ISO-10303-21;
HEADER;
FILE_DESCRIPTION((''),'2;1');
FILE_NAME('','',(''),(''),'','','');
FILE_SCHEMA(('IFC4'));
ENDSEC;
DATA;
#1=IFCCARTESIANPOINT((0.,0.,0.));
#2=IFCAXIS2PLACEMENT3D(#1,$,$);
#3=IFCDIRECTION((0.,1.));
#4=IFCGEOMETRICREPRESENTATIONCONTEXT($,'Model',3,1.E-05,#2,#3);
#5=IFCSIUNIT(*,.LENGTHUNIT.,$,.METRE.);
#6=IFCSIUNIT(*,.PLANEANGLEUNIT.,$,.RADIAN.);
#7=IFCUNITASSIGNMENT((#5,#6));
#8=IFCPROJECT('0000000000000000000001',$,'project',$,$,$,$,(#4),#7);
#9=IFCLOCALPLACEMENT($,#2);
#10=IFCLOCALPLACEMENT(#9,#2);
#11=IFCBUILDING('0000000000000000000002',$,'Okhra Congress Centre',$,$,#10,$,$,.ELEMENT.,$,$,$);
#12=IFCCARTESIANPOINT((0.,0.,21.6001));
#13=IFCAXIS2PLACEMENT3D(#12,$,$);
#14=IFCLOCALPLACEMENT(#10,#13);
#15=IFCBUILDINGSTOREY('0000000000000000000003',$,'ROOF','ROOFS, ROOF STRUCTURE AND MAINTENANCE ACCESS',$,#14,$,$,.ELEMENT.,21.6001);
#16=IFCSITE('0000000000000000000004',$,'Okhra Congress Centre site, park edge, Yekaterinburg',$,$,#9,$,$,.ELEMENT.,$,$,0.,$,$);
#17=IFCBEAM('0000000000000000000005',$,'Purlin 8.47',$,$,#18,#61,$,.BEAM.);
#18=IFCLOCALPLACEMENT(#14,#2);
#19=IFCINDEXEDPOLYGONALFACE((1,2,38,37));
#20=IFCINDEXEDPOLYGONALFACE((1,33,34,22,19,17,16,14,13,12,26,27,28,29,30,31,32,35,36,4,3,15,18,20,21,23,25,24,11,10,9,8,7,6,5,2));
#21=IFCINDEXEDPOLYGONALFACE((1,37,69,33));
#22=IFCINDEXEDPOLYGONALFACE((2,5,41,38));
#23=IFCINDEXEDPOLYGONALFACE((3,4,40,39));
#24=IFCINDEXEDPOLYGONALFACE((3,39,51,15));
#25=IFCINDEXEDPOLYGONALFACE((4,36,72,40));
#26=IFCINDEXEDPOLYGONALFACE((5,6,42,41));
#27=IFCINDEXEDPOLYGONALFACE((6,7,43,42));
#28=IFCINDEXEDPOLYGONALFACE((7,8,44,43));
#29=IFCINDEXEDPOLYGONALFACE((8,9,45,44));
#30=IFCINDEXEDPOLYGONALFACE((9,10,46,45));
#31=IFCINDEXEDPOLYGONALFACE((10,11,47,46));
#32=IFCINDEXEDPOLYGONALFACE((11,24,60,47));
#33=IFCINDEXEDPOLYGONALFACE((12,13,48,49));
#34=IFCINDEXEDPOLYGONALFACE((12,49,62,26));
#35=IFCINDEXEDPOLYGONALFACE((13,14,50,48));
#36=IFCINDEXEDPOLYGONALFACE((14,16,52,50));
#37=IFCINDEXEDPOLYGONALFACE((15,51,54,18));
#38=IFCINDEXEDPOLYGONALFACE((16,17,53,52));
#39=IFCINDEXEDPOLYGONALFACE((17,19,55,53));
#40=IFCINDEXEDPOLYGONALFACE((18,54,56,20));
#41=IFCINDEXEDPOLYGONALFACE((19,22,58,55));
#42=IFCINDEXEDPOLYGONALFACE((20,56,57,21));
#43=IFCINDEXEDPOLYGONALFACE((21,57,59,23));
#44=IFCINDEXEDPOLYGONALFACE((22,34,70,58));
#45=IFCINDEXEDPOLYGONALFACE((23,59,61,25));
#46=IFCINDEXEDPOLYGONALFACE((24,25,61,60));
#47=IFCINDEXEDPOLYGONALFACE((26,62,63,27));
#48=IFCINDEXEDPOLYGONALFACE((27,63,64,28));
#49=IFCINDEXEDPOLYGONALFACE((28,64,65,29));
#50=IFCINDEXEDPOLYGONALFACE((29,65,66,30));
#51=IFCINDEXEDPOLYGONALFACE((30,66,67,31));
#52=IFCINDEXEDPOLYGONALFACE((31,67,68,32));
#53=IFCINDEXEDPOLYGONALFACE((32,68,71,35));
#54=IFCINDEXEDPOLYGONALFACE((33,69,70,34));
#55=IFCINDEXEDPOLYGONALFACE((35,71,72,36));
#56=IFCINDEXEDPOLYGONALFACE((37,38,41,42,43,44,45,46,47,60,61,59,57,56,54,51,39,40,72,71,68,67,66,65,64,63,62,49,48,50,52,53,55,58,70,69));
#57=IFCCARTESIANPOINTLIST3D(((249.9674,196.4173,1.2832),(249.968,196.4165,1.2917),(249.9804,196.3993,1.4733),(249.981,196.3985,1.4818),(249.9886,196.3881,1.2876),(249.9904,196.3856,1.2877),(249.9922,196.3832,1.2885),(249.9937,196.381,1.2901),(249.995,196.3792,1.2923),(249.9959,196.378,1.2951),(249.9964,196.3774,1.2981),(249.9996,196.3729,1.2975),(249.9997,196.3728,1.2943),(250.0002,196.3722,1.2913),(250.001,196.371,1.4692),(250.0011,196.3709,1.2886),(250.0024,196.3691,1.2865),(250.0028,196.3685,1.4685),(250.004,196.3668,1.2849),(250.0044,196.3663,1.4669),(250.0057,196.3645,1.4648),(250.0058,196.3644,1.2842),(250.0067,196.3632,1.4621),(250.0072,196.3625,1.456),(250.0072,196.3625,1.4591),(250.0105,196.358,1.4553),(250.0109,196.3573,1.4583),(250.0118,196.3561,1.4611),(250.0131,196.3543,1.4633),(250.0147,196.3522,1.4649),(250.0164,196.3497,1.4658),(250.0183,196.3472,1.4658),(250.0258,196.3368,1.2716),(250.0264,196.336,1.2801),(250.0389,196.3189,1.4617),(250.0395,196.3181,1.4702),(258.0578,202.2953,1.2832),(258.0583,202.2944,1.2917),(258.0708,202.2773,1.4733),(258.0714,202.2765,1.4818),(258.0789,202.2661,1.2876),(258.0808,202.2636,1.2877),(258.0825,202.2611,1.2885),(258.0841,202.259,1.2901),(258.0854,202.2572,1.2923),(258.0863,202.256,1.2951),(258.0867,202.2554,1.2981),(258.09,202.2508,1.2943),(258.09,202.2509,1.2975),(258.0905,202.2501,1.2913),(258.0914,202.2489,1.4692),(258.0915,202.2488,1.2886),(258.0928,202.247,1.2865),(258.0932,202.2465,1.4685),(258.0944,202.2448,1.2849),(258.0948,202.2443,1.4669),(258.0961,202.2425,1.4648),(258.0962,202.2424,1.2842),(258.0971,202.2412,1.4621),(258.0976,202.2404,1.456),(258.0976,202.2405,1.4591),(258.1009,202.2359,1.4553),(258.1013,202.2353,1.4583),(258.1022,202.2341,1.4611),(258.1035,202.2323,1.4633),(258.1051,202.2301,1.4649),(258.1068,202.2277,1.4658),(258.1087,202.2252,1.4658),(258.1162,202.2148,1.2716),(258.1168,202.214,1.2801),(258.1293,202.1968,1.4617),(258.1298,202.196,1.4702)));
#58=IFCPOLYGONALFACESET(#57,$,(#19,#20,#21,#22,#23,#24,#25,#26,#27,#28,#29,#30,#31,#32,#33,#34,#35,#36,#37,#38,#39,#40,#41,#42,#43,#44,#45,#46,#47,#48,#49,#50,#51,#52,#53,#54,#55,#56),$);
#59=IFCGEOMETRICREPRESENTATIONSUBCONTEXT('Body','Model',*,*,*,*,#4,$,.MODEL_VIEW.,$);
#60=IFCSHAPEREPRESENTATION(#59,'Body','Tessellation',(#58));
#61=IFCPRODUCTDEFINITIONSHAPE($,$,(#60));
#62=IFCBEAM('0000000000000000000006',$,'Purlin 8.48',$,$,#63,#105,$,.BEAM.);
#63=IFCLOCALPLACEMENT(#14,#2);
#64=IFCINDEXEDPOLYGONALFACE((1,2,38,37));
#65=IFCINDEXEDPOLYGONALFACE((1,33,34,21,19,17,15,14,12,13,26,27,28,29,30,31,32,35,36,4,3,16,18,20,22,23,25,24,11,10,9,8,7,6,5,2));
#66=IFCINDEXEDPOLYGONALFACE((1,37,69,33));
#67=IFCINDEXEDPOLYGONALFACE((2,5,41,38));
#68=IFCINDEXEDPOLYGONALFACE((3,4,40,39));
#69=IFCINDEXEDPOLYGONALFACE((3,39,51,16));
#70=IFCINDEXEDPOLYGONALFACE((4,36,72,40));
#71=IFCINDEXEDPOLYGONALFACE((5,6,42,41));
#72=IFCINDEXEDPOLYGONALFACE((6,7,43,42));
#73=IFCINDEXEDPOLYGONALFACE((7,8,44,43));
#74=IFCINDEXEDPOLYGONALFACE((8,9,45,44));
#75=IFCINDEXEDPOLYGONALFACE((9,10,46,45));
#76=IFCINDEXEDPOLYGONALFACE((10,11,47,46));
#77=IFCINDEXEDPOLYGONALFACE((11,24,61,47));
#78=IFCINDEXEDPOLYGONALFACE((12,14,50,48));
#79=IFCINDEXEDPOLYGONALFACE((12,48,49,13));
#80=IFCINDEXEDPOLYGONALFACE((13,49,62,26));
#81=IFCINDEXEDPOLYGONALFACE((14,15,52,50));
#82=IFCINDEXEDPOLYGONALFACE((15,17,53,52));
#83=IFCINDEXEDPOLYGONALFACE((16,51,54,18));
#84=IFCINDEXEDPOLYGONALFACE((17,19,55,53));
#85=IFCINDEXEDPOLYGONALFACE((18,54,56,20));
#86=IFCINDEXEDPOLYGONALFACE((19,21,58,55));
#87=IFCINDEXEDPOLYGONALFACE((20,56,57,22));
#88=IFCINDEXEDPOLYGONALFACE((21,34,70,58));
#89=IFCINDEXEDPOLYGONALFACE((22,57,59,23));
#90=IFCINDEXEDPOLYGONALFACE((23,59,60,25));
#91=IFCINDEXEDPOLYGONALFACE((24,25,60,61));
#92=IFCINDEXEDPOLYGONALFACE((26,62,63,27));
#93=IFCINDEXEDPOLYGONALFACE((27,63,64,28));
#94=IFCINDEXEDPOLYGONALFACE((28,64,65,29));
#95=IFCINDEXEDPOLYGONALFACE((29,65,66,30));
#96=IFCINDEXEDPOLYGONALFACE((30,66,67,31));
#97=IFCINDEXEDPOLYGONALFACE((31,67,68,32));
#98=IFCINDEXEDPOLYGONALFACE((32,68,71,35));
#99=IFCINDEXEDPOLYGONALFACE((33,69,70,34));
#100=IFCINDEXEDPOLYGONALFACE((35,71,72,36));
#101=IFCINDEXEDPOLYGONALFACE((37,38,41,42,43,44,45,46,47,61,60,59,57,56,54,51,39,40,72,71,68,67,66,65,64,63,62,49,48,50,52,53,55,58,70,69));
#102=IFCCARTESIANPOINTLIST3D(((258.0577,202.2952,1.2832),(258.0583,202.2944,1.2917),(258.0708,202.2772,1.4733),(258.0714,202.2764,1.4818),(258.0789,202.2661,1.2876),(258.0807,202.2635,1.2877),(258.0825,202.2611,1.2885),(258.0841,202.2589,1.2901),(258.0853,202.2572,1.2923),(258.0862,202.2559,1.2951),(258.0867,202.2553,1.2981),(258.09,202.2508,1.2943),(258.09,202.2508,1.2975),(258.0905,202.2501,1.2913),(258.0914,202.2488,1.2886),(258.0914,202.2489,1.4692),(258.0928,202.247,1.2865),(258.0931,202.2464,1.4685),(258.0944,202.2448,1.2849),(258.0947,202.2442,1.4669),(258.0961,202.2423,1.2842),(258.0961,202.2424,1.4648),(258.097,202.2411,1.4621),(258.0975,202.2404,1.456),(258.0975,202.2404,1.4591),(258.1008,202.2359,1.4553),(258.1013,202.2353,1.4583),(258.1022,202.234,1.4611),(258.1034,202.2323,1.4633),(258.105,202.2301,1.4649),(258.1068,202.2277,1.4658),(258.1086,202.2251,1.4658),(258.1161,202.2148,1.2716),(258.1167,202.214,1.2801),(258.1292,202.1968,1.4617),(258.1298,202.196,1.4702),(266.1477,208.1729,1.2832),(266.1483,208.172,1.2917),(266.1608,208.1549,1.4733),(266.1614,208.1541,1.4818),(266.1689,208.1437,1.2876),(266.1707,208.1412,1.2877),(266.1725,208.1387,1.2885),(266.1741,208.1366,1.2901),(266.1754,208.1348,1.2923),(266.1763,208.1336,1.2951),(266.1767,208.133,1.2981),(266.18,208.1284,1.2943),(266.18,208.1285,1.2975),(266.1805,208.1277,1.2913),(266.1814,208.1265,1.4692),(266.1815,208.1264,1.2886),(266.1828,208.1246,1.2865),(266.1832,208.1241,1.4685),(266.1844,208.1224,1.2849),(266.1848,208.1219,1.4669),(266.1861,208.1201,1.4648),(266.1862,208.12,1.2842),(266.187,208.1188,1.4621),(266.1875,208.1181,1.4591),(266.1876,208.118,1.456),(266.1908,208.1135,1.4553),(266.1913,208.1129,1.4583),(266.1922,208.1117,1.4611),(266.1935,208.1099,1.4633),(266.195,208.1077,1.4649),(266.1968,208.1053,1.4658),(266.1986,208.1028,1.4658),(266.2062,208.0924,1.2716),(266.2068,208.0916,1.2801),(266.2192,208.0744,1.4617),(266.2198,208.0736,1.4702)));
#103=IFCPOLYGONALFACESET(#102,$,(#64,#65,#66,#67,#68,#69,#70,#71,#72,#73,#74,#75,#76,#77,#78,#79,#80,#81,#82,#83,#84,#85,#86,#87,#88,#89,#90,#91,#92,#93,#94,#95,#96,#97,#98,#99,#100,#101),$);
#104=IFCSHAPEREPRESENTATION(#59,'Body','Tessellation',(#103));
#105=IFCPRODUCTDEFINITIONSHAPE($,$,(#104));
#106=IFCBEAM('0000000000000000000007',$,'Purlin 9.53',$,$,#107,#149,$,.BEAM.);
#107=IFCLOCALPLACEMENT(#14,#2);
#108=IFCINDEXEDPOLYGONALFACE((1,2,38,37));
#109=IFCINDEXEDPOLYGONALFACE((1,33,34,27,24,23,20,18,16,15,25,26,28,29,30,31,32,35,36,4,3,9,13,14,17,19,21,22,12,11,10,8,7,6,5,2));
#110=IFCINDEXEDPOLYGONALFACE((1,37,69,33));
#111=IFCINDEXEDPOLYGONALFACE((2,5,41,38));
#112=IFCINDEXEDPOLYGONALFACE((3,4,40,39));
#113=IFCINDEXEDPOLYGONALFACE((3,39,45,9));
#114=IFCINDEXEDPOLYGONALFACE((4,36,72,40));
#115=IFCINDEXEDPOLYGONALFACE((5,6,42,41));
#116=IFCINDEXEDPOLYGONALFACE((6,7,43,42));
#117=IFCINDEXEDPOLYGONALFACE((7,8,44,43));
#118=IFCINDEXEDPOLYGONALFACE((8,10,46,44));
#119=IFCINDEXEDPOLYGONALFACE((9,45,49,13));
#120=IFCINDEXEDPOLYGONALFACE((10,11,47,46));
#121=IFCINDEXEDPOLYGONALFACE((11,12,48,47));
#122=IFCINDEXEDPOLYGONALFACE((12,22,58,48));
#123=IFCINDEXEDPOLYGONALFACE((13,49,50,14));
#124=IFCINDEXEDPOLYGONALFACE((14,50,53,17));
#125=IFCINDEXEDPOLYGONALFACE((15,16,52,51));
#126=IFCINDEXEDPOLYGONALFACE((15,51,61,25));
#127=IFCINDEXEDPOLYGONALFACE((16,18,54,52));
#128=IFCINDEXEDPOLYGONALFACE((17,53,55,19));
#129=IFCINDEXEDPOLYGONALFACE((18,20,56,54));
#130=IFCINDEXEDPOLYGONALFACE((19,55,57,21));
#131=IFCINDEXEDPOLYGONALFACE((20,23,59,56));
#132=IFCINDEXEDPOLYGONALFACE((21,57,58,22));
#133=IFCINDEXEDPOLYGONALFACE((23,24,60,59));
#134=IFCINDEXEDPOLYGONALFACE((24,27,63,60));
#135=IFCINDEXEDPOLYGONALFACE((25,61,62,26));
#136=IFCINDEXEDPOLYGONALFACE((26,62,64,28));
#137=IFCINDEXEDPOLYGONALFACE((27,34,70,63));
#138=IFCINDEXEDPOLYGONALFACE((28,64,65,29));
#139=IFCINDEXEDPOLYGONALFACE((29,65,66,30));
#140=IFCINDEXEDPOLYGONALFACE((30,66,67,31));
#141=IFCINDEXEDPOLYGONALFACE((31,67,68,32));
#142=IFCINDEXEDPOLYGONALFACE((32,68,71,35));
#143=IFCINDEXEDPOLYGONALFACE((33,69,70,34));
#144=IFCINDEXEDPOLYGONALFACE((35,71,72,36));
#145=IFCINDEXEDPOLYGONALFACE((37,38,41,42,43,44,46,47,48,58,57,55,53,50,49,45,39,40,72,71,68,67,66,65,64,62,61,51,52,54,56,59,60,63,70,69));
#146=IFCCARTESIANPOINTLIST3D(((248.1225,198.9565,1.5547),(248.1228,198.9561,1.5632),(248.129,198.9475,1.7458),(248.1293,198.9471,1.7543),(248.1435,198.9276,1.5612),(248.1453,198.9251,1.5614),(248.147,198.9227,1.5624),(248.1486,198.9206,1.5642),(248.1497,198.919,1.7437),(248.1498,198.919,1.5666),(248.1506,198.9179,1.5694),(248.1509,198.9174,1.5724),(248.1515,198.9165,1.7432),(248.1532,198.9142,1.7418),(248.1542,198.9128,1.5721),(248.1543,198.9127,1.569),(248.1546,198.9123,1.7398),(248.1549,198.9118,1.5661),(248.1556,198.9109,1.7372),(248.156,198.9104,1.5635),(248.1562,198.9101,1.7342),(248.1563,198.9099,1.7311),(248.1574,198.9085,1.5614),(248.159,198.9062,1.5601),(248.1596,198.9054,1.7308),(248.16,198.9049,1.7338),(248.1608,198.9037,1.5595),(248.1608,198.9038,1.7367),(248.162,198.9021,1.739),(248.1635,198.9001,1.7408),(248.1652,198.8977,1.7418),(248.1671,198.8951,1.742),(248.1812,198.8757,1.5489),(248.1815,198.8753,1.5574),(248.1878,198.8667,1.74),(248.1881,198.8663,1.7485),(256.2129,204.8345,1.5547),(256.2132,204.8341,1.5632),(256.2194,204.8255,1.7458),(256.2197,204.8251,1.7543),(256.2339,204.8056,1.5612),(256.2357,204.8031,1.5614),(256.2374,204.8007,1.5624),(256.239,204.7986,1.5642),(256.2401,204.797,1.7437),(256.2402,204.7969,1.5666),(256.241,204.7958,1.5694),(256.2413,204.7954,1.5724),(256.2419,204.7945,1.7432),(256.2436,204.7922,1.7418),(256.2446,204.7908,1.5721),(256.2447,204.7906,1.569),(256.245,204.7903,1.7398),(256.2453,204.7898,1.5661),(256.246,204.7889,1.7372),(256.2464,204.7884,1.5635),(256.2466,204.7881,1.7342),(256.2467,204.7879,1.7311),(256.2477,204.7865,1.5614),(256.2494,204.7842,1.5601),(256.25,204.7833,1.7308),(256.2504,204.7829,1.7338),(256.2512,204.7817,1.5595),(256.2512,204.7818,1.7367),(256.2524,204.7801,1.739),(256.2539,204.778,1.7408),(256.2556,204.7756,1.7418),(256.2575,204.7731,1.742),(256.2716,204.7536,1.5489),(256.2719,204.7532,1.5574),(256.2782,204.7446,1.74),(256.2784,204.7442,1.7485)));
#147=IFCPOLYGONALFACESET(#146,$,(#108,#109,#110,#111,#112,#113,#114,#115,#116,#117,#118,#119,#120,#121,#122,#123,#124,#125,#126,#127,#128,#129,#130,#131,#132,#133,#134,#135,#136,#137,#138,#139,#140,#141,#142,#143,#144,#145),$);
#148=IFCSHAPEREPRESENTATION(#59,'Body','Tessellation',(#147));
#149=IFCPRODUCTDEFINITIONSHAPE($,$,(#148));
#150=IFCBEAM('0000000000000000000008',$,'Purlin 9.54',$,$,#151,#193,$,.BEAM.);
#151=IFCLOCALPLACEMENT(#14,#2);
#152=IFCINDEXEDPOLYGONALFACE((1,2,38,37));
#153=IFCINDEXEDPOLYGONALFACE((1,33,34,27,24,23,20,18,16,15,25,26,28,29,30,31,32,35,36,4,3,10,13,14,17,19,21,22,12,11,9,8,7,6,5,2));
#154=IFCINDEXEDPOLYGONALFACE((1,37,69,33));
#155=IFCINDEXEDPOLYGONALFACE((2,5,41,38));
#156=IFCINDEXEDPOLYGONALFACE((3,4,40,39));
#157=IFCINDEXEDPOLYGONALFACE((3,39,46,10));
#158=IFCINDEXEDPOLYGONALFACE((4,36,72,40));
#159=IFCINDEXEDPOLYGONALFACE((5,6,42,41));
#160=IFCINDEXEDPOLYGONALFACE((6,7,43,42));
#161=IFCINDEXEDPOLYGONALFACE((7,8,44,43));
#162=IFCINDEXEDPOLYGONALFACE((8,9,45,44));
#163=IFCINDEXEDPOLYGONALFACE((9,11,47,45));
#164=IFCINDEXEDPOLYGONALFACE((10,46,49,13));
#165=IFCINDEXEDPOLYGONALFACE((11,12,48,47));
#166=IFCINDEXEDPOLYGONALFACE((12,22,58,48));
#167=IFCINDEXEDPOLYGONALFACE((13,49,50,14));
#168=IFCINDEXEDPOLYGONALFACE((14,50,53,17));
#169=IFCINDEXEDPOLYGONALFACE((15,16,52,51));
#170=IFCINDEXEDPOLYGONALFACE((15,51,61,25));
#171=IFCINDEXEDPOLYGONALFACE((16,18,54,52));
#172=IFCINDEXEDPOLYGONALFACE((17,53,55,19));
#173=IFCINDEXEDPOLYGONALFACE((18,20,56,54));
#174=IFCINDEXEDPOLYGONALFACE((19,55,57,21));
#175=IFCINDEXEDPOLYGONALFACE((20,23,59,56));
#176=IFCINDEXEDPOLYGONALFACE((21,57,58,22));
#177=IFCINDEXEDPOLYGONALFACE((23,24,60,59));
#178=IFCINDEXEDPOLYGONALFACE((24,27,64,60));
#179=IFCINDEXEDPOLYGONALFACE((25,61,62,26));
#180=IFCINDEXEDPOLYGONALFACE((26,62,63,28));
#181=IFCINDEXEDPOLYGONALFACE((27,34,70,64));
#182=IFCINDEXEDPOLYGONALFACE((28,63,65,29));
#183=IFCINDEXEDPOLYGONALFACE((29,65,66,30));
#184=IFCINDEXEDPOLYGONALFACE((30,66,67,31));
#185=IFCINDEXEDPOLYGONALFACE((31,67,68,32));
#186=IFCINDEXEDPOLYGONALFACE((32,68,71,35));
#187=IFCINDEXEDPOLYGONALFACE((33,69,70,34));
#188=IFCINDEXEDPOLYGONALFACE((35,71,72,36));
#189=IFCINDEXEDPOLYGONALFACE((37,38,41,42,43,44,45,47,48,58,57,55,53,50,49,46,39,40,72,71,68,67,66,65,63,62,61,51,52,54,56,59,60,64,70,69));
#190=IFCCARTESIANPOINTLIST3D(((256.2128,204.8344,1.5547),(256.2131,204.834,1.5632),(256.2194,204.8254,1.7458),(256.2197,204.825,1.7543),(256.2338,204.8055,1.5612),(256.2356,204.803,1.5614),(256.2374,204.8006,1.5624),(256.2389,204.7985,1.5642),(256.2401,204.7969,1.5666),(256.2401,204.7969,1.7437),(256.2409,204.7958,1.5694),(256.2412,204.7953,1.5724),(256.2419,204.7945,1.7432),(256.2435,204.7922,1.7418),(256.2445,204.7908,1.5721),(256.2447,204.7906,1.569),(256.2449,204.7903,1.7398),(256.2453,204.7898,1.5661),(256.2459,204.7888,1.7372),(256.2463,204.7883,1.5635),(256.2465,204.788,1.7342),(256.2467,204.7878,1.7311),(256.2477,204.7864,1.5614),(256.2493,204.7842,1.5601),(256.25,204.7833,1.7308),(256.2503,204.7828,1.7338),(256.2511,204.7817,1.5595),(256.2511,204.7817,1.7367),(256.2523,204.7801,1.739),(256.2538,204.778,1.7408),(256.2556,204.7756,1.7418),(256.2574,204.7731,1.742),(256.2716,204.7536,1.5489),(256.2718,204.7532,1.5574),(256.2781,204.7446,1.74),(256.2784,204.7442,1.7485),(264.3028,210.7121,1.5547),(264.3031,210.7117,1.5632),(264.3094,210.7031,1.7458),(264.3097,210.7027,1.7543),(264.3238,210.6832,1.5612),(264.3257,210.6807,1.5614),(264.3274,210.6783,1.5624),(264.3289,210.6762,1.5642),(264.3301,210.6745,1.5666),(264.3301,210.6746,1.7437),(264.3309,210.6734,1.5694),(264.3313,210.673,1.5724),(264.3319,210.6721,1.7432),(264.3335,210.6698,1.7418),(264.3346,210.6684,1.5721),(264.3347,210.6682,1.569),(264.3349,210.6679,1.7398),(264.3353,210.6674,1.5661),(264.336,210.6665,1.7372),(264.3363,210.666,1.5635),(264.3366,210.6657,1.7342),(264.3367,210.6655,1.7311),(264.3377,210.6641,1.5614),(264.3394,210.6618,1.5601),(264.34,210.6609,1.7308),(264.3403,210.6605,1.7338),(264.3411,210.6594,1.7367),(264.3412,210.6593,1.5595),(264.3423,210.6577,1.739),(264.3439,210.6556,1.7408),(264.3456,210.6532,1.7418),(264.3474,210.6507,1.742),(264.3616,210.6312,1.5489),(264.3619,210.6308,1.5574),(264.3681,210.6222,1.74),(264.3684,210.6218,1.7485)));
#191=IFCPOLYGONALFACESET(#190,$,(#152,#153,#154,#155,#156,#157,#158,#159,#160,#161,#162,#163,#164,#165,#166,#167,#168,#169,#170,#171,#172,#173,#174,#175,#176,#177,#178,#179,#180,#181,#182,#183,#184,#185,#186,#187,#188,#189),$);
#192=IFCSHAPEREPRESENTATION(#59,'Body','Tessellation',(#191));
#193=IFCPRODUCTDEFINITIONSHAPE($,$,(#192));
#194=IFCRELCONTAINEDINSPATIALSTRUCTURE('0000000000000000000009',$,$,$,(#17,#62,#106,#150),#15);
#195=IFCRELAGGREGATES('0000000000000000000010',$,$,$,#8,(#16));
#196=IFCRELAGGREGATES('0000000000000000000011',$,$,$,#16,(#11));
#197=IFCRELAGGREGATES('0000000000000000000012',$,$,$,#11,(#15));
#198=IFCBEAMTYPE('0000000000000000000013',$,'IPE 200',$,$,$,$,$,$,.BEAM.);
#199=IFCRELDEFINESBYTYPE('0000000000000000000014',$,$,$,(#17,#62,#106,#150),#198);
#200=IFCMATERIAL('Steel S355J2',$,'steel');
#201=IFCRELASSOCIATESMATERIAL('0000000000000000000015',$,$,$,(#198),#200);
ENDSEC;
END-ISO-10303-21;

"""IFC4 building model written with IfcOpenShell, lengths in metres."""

from ifc_helpers import new_model, si_unit, direction, frame, origin, origin_2d, place, context, subcontext, project, spatial, i_section, extrude, material, material_profile, profile_set, type_object, element, save


model = new_model("IFC4")

# Units and contexts
model_context = context("Model", 3, precision=1e-05, world=origin(), true_north=direction((0.0, 1.0)))
body_context = subcontext(model_context, "Body", "Model", "MODEL_VIEW")
ifc_project = project(units=[si_unit("LENGTHUNIT", "METRE"), si_unit("PLANEANGLEUNIT", "RADIAN")], contexts=[model_context])

# Site, building, storey
site_placement = place(None, origin())
site = spatial("IfcSite", under=ifc_project, at=site_placement, Name="Okhra Congress Centre site, park edge, Yekaterinburg", CompositionType="ELEMENT", RefElevation=0.0)
building_placement = place(site_placement, origin())
building = spatial("IfcBuilding", under=site, at=building_placement, Name="Okhra Congress Centre", CompositionType="ELEMENT")
storey_placement = place(building_placement, frame((0.0, 0.0, 21.6001)))
storey = spatial("IfcBuildingStorey", under=building, at=storey_placement, Name="ROOF", Description="ROOFS, ROOF STRUCTURE AND MAINTENANCE ACCESS", CompositionType="ELEMENT", Elevation=21.6001)

# Beams
ifc_material_1 = material(Name="Steel S355J2", Category="steel")
ifc_material_profile_1 = material_profile(ifc_material_1, i_section(OverallWidth=0.1001, OverallDepth=0.2, WebThickness=0.0056, FlangeThickness=0.0085, FilletRadius=0.012, at=origin_2d()), Name="IPE 200")
ifc_profile_set_1 = profile_set([ifc_material_profile_1], Name="Steel S355J2")
beam_type_1 = type_object("IfcBeamType", Name="IPE 200", PredefinedType="BEAM", material=ifc_profile_set_1)
beam_1_placement = place(storey_placement, frame((250.0034, 196.3677, 1.3767), z_axis=(0.809019, 0.587783, 0.0), x_axis=(-0.583808, 0.803549, 0.116093)))
element("IfcBeam", 1, at=beam_1_placement, inside=storey, type_object=beam_type_1, Name="Purlin 8.47", PredefinedType="BEAM", context=body_context, shape_type="SweptSolid", body=[
    extrude(i_section(OverallWidth=0.1001, OverallDepth=0.2, WebThickness=0.0056, FlangeThickness=0.0085, FilletRadius=0.012, at=origin_2d()), origin(), (0.0, 0.0, 1.0), 10.0002),
])
beam_2_placement = place(storey_placement, frame((258.0938, 202.2456, 1.3767), z_axis=(0.809022, 0.587778, 0.0), x_axis=(-0.583804, 0.803552, 0.116093)))
element("IfcBeam", 2, at=beam_2_placement, inside=storey, type_object=beam_type_1, Name="Purlin 8.48", PredefinedType="BEAM", context=body_context, shape_type="SweptSolid", body=[
    extrude(i_section(OverallWidth=0.1001, OverallDepth=0.2, WebThickness=0.0056, FlangeThickness=0.0085, FilletRadius=0.012, at=origin_2d()), origin(), (0.0, 0.0, 1.0), 9.9998),
])
beam_3_placement = place(storey_placement, frame((248.1553, 198.9114, 1.6516), z_axis=(0.809019, 0.587783, 0.0), x_axis=(-0.586788, 0.80765, 0.058145)))
element("IfcBeam", 3, at=beam_3_placement, inside=storey, type_object=beam_type_1, Name="Purlin 9.53", PredefinedType="BEAM", context=body_context, shape_type="SweptSolid", body=[
    extrude(i_section(OverallWidth=0.1001, OverallDepth=0.2, WebThickness=0.0056, FlangeThickness=0.0085, FilletRadius=0.012, at=origin_2d()), origin(), (0.0, 0.0, 1.0), 10.0002),
])
beam_4_placement = place(storey_placement, frame((256.2456, 204.7893, 1.6516), z_axis=(0.809022, 0.587778, 0.0), x_axis=(-0.586784, 0.807653, 0.058145)))
element("IfcBeam", 4, at=beam_4_placement, inside=storey, type_object=beam_type_1, Name="Purlin 9.54", PredefinedType="BEAM", context=body_context, shape_type="SweptSolid", body=[
    extrude(i_section(OverallWidth=0.1001, OverallDepth=0.2, WebThickness=0.0056, FlangeThickness=0.0085, FilletRadius=0.012, at=origin_2d()), origin(), (0.0, 0.0, 1.0), 9.9998),
])

save(model, "model.ifc")
